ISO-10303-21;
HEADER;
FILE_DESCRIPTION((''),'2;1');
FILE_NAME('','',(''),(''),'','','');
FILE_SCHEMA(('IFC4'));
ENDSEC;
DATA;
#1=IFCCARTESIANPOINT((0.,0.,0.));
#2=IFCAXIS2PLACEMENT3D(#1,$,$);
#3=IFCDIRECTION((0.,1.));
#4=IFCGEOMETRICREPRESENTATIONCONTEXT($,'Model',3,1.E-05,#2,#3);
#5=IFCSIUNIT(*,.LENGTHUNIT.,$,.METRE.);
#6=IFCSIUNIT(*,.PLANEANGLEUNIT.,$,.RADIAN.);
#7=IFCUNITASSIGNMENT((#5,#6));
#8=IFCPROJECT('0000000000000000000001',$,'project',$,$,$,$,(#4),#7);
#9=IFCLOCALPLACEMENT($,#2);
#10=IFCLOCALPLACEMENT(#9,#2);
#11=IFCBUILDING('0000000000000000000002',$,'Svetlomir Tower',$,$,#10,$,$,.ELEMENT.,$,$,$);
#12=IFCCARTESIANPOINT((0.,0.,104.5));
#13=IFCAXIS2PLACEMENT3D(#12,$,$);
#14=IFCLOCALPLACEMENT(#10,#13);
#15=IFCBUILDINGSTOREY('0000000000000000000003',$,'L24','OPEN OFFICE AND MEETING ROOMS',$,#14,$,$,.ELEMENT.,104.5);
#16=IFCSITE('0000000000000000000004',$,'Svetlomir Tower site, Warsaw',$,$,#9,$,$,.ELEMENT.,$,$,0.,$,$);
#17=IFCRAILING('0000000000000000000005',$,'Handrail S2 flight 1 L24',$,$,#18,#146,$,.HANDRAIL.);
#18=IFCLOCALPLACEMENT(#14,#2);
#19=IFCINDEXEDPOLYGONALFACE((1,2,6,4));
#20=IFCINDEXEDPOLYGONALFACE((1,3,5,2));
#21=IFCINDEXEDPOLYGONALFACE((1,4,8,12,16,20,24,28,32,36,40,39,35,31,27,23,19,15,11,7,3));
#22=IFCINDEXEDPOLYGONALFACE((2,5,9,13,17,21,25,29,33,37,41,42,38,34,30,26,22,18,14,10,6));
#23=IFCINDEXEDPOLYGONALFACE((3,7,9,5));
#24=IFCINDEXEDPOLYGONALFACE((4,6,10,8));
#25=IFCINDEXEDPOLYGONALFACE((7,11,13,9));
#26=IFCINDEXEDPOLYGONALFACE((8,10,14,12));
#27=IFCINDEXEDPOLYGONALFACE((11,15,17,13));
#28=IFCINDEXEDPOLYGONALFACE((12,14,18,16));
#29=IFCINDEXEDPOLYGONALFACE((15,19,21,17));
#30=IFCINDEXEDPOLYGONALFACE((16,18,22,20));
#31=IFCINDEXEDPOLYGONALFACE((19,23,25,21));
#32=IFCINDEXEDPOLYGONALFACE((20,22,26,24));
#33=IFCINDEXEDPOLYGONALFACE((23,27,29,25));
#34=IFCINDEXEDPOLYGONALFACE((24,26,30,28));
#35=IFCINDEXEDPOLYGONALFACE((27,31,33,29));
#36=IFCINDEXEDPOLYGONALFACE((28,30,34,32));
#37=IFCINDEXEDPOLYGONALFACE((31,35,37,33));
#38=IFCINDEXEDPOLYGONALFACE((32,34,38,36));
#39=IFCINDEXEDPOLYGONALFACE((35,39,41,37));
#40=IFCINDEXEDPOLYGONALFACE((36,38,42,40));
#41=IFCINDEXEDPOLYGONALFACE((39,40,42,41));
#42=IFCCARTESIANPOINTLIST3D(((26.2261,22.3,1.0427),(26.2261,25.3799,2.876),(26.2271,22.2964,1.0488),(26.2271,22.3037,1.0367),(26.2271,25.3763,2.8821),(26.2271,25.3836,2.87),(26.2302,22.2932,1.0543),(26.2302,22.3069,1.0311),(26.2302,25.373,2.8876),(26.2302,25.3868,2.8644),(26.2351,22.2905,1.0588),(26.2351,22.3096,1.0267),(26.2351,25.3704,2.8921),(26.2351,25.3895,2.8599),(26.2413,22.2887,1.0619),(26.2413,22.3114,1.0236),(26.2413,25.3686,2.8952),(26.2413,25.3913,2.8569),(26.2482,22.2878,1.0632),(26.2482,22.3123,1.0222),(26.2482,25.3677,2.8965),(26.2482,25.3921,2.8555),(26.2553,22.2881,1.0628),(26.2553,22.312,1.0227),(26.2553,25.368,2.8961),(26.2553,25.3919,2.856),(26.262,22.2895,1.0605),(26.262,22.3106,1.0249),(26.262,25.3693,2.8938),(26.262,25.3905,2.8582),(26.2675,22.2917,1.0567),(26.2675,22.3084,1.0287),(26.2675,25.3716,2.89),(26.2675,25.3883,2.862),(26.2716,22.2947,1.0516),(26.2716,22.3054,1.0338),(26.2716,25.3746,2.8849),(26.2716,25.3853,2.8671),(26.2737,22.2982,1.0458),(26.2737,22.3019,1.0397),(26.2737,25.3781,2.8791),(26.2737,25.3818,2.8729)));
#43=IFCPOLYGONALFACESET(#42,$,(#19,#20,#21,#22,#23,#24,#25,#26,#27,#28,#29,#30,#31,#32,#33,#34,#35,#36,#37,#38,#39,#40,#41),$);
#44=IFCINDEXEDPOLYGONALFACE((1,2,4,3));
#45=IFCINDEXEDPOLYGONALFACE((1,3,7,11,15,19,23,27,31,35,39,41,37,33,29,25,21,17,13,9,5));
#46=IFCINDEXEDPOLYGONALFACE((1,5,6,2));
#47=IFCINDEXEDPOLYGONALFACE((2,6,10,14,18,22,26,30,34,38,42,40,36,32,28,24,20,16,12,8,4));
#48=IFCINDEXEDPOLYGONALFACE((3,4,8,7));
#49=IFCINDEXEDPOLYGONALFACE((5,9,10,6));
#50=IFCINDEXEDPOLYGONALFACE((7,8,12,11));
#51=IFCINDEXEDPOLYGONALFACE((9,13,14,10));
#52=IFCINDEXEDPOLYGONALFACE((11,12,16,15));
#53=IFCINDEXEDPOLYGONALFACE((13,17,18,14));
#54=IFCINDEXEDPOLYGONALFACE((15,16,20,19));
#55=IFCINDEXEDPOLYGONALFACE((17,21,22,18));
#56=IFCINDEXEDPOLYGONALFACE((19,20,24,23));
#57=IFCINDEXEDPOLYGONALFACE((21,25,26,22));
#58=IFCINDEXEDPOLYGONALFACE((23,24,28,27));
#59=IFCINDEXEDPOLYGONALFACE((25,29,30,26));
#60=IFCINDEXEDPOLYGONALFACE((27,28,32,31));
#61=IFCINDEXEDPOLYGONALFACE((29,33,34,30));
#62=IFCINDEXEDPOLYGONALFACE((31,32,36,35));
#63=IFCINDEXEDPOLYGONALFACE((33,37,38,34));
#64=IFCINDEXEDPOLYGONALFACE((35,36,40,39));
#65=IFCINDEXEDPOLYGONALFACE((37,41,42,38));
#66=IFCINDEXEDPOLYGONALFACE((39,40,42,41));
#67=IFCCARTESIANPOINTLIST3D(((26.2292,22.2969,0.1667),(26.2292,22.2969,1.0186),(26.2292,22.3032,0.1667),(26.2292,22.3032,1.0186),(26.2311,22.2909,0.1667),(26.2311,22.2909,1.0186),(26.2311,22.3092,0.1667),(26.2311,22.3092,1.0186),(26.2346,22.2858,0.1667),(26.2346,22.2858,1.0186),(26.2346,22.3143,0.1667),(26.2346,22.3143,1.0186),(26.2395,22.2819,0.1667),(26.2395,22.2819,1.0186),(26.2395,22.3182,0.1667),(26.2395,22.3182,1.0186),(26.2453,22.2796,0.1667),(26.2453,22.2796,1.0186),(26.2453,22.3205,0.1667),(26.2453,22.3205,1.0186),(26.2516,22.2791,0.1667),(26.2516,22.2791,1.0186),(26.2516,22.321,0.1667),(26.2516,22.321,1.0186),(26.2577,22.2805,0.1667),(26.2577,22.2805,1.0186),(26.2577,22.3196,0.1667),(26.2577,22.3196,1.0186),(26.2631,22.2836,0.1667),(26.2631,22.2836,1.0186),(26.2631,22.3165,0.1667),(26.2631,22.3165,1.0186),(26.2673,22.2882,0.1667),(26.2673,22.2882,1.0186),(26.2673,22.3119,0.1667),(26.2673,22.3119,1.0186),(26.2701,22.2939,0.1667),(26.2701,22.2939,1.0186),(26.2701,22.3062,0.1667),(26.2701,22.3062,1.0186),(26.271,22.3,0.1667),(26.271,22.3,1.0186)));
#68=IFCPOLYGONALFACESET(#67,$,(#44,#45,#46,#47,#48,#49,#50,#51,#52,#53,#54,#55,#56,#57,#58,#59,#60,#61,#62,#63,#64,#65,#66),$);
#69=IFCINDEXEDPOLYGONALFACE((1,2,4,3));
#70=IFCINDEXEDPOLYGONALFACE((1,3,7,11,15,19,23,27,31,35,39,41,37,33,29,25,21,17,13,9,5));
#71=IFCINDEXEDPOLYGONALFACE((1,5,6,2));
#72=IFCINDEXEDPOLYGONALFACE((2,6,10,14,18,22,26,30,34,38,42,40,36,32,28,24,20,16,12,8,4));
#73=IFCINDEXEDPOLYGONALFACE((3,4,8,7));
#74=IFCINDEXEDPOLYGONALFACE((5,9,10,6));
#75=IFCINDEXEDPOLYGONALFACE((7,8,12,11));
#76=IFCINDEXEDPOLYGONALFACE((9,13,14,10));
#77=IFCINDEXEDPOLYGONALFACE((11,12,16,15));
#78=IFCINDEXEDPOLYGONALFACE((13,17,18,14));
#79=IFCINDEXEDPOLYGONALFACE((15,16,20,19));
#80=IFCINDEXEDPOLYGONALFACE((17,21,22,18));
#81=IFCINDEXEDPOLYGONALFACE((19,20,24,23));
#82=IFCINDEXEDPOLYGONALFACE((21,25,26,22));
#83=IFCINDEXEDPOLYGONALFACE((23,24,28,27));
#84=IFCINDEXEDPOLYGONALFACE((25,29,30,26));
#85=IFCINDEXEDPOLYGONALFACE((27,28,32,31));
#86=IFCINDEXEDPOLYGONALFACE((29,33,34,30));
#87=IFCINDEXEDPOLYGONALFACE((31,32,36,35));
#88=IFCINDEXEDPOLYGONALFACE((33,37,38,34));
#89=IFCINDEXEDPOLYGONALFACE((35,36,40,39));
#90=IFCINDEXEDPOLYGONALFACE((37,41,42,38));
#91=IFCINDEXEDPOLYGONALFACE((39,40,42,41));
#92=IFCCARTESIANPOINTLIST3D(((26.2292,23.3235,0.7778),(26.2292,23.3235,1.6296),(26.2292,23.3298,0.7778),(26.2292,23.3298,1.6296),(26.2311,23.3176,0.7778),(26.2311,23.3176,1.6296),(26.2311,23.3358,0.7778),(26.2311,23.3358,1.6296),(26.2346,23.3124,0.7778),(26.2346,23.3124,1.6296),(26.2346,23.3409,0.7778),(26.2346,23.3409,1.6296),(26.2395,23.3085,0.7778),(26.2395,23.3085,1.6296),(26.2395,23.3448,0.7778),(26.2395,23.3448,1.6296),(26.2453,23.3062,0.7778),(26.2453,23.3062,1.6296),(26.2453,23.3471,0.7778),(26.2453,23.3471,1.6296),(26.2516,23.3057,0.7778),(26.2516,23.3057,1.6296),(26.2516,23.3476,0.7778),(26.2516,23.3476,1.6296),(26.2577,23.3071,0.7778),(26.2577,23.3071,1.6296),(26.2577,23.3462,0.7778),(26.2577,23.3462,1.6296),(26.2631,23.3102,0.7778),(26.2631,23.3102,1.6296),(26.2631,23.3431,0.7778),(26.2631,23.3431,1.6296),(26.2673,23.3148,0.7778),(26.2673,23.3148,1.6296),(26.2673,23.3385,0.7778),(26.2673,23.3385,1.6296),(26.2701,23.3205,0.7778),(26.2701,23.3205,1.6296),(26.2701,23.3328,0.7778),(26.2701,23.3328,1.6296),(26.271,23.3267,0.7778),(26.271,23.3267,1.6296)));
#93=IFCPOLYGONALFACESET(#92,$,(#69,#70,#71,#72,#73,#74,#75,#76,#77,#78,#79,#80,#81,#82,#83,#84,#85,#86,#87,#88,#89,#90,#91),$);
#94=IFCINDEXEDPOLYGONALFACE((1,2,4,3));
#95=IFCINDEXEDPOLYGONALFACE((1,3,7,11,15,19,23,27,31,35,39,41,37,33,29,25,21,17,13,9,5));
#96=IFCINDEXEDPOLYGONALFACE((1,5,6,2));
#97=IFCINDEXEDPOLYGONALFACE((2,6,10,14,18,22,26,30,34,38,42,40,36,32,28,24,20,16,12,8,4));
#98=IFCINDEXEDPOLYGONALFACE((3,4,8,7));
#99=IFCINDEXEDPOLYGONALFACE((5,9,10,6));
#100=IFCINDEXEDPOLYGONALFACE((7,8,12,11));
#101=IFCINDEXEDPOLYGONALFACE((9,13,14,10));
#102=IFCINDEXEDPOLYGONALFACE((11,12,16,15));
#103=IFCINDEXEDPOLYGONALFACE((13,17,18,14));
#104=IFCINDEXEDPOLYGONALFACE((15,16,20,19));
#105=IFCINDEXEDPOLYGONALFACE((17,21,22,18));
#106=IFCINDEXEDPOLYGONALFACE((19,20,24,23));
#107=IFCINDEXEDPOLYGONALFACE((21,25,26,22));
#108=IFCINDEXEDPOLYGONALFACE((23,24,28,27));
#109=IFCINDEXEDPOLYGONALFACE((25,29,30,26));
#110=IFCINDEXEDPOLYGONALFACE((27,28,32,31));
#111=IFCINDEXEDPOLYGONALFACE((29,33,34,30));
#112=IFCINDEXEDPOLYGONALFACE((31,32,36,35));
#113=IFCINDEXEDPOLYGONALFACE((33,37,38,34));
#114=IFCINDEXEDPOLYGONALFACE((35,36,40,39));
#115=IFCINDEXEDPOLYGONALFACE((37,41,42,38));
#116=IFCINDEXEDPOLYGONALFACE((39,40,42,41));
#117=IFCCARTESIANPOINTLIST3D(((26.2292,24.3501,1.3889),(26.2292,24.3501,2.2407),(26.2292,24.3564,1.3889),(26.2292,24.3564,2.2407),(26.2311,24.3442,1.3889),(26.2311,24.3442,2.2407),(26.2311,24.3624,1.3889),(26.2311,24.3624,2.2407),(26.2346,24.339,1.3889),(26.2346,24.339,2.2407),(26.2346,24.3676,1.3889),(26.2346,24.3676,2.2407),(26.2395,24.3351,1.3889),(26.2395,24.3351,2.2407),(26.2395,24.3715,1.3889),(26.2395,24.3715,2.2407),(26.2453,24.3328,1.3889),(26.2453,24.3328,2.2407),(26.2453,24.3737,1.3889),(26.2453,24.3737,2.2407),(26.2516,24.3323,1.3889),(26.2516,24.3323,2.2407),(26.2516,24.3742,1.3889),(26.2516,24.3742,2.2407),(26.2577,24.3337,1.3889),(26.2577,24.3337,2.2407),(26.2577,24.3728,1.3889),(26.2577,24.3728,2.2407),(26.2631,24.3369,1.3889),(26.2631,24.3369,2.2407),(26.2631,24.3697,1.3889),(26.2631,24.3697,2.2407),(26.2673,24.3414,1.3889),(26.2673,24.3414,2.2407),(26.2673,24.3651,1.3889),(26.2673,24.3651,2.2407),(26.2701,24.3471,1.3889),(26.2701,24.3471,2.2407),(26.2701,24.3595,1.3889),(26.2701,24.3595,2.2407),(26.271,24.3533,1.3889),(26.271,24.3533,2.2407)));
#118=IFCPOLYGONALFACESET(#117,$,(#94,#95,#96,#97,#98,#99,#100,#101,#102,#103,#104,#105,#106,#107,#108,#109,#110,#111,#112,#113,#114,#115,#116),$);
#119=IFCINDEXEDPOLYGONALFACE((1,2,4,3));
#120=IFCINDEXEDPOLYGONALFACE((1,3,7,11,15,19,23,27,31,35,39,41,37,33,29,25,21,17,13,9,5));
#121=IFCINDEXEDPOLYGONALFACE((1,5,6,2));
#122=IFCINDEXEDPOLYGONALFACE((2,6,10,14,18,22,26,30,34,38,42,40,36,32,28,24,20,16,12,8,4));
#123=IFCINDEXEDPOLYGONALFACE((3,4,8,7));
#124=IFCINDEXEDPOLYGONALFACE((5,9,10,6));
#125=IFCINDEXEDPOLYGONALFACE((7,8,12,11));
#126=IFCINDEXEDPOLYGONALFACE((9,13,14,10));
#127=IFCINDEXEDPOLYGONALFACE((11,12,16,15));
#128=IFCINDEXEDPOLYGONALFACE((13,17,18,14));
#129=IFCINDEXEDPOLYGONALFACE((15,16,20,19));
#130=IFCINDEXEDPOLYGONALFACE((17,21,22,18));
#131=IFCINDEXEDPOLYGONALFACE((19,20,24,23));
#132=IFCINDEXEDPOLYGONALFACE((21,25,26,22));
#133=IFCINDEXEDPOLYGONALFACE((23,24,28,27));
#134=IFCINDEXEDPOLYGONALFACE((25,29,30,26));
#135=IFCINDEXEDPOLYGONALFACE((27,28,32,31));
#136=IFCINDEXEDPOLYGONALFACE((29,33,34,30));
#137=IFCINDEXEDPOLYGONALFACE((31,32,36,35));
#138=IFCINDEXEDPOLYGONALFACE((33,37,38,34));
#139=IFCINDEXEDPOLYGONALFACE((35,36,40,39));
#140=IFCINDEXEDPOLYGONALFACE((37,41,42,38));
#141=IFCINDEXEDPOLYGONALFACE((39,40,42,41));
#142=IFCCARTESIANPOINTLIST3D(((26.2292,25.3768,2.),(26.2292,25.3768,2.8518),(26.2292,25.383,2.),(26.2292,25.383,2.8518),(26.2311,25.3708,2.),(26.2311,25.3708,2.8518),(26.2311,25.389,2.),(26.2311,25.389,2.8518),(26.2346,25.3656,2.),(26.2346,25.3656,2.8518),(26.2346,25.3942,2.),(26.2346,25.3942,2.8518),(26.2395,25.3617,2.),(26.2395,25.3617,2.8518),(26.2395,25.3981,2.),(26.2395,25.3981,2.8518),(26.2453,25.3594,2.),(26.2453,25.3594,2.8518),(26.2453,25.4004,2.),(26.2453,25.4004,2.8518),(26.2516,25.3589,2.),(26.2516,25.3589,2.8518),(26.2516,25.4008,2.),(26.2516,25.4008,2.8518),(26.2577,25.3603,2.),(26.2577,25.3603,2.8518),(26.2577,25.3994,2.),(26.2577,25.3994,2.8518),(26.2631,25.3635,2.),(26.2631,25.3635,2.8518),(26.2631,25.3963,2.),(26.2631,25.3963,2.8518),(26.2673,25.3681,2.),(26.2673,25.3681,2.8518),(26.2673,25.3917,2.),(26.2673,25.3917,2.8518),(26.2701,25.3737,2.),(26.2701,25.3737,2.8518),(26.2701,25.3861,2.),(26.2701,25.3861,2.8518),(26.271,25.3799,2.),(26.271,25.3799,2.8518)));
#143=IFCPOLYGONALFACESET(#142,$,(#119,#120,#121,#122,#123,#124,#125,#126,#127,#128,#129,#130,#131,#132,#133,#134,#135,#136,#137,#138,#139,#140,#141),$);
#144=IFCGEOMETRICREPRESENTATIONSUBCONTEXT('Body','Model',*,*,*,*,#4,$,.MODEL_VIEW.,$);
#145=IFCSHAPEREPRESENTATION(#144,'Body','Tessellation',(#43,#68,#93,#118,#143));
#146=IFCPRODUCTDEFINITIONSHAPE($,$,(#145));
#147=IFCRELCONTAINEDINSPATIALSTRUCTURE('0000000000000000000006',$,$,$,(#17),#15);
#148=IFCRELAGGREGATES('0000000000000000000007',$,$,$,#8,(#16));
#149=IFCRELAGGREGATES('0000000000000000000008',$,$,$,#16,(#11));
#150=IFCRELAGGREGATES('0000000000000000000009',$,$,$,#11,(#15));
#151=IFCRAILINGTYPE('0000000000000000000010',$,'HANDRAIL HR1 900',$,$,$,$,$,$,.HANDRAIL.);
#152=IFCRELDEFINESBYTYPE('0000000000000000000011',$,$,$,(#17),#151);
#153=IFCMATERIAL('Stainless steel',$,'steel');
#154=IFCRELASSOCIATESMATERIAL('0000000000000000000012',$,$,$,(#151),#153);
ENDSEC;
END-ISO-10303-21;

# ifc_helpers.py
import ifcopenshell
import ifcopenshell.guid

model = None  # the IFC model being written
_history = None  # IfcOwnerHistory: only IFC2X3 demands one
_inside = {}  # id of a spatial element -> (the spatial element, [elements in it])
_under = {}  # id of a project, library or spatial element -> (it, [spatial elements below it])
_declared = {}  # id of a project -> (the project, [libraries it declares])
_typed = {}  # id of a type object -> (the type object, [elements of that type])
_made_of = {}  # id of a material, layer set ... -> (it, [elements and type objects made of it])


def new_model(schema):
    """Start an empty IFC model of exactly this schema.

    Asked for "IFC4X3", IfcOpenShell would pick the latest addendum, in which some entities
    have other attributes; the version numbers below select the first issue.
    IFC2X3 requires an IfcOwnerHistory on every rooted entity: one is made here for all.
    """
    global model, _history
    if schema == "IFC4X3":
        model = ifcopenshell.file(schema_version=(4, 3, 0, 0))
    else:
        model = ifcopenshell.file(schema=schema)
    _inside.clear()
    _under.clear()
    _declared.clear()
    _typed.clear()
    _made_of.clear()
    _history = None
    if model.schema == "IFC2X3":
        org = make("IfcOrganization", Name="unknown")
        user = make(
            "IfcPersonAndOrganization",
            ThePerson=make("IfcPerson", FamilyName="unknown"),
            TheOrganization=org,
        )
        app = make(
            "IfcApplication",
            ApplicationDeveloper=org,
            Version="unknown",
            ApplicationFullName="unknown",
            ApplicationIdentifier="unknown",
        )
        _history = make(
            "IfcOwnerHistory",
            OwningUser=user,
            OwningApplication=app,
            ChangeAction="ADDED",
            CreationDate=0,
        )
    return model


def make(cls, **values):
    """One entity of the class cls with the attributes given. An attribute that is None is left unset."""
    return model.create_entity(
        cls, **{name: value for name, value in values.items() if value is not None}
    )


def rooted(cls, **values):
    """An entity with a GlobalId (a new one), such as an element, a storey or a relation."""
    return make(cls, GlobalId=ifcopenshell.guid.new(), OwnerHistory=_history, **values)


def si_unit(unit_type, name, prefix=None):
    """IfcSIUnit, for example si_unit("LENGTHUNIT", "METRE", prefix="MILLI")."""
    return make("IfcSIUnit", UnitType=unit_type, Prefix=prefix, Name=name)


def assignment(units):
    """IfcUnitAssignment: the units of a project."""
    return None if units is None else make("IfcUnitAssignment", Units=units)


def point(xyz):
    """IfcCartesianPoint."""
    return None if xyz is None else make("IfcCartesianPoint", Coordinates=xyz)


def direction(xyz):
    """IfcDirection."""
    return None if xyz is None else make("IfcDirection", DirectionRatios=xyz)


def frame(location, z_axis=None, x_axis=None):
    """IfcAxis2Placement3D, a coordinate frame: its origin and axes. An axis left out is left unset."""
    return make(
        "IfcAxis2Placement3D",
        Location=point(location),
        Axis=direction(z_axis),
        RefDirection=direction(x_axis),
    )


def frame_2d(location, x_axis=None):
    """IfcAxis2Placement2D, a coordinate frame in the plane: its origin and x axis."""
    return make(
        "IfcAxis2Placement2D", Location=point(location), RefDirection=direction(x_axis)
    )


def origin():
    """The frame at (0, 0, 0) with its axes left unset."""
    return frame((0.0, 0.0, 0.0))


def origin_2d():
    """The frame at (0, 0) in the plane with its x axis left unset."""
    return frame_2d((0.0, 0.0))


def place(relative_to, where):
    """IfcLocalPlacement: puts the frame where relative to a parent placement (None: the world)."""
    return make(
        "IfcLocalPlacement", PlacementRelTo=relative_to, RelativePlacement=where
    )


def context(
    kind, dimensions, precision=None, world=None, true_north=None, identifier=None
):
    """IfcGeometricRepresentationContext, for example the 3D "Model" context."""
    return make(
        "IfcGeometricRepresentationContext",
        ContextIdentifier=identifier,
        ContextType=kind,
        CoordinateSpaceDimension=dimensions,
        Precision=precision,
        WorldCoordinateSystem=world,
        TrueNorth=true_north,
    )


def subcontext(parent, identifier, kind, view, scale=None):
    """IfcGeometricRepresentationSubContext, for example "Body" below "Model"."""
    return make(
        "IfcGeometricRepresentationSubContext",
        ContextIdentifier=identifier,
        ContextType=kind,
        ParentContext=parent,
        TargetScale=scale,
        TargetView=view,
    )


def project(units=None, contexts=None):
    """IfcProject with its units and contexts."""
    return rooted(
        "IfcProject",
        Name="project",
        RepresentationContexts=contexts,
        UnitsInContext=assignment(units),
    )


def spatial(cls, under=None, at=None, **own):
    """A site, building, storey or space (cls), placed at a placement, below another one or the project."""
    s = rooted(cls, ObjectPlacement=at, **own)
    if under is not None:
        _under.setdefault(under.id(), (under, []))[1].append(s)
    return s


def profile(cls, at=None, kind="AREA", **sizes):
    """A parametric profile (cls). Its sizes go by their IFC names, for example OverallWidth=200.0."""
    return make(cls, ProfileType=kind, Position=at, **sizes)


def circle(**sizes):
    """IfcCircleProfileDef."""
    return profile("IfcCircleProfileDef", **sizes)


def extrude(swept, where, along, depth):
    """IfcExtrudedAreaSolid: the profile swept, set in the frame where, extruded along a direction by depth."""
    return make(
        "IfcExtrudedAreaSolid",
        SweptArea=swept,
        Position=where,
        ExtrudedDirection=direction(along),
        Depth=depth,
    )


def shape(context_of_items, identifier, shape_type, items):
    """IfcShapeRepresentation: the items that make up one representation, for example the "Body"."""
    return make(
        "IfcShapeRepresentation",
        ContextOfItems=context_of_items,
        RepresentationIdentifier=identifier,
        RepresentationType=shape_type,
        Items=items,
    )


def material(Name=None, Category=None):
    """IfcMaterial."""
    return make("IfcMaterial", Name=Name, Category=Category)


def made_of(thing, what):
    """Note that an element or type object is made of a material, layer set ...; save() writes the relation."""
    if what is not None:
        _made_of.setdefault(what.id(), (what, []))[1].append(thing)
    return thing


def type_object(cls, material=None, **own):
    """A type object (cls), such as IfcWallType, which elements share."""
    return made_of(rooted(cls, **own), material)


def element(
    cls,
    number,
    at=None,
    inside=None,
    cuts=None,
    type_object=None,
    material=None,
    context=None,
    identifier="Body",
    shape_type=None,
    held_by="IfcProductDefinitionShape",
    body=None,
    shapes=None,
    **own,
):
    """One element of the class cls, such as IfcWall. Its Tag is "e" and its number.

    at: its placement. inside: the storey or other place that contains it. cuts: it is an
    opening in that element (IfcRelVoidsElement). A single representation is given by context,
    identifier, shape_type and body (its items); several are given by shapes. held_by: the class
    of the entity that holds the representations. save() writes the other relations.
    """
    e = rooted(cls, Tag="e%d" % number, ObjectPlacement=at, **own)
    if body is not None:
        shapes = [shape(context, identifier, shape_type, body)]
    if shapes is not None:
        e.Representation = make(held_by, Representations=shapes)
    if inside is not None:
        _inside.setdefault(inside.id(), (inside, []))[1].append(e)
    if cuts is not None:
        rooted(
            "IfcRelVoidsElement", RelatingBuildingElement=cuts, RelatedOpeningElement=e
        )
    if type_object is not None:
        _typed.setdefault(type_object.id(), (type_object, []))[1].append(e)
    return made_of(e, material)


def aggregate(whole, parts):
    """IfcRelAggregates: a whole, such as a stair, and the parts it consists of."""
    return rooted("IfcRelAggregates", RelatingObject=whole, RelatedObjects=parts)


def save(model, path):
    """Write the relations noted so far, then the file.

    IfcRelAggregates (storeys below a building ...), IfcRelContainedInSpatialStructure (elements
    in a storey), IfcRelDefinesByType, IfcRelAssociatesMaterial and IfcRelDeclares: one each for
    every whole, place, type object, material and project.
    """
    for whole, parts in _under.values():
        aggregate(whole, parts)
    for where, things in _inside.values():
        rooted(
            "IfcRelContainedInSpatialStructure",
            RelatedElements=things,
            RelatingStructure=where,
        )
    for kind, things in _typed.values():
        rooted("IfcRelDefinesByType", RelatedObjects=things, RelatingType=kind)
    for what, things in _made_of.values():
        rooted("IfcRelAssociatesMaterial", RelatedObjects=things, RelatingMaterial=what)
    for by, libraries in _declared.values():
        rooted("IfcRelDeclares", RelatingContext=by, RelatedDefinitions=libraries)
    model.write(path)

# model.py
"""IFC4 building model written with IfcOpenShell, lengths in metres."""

from ifc_helpers import new_model, si_unit, direction, frame, origin, origin_2d, place, context, subcontext, project, spatial, circle, extrude, material, type_object, element, save


model = new_model("IFC4")

# Units and contexts
model_context = context("Model", 3, precision=1e-05, world=origin(), true_north=direction((0.0, 1.0)))
body_context = subcontext(model_context, "Body", "Model", "MODEL_VIEW")
ifc_project = project(units=[si_unit("LENGTHUNIT", "METRE"), si_unit("PLANEANGLEUNIT", "RADIAN")], contexts=[model_context])

# Site, building, storey
site_placement = place(None, origin())
site = spatial("IfcSite", under=ifc_project, at=site_placement, Name="Svetlomir Tower site, Warsaw", CompositionType="ELEMENT", RefElevation=0.0)
building_placement = place(site_placement, origin())
building = spatial("IfcBuilding", under=site, at=building_placement, Name="Svetlomir Tower", CompositionType="ELEMENT")
storey_placement = place(building_placement, frame((0.0, 0.0, 104.5)))
storey = spatial("IfcBuildingStorey", under=building, at=storey_placement, Name="L24", Description="OPEN OFFICE AND MEETING ROOMS", CompositionType="ELEMENT", Elevation=104.5)

# Railing
ifc_material_1 = material(Name="Stainless steel", Category="steel")
railing_type = type_object("IfcRailingType", Name="HANDRAIL HR1 900", PredefinedType="HANDRAIL", material=ifc_material_1)
railing_placement = place(storey_placement, frame((26.25, 22.3, 0.1667)))
element("IfcRailing", 1, at=railing_placement, inside=storey, type_object=railing_type, Name="Handrail S2 flight 1 L24", PredefinedType="HANDRAIL", context=body_context, shape_type="SweptSolid", body=[
    extrude(circle(Radius=0.0239, at=origin_2d()), frame((0.0, 0.0, 0.876), z_axis=(0.0, 0.859291, 0.511487), x_axis=(-1.0, 0.0, 0.0)), (0.0, 0.0, 1.0), 3.5842),
    extrude(circle(Radius=0.021, at=origin_2d()), origin(), (0.0, 0.0, 1.0), 0.8518),
    extrude(circle(Radius=0.021, at=origin_2d()), frame((0.0, 1.0266, 0.6111)), (0.0, 0.0, 1.0), 0.8518),
    extrude(circle(Radius=0.021, at=origin_2d()), frame((0.0, 2.0532, 1.2222)), (0.0, 0.0, 1.0), 0.8518),
    extrude(circle(Radius=0.021, at=origin_2d()), frame((0.0, 3.0798, 1.8333)), (0.0, 0.0, 1.0), 0.8518),
])

save(model, "model.ifc")
